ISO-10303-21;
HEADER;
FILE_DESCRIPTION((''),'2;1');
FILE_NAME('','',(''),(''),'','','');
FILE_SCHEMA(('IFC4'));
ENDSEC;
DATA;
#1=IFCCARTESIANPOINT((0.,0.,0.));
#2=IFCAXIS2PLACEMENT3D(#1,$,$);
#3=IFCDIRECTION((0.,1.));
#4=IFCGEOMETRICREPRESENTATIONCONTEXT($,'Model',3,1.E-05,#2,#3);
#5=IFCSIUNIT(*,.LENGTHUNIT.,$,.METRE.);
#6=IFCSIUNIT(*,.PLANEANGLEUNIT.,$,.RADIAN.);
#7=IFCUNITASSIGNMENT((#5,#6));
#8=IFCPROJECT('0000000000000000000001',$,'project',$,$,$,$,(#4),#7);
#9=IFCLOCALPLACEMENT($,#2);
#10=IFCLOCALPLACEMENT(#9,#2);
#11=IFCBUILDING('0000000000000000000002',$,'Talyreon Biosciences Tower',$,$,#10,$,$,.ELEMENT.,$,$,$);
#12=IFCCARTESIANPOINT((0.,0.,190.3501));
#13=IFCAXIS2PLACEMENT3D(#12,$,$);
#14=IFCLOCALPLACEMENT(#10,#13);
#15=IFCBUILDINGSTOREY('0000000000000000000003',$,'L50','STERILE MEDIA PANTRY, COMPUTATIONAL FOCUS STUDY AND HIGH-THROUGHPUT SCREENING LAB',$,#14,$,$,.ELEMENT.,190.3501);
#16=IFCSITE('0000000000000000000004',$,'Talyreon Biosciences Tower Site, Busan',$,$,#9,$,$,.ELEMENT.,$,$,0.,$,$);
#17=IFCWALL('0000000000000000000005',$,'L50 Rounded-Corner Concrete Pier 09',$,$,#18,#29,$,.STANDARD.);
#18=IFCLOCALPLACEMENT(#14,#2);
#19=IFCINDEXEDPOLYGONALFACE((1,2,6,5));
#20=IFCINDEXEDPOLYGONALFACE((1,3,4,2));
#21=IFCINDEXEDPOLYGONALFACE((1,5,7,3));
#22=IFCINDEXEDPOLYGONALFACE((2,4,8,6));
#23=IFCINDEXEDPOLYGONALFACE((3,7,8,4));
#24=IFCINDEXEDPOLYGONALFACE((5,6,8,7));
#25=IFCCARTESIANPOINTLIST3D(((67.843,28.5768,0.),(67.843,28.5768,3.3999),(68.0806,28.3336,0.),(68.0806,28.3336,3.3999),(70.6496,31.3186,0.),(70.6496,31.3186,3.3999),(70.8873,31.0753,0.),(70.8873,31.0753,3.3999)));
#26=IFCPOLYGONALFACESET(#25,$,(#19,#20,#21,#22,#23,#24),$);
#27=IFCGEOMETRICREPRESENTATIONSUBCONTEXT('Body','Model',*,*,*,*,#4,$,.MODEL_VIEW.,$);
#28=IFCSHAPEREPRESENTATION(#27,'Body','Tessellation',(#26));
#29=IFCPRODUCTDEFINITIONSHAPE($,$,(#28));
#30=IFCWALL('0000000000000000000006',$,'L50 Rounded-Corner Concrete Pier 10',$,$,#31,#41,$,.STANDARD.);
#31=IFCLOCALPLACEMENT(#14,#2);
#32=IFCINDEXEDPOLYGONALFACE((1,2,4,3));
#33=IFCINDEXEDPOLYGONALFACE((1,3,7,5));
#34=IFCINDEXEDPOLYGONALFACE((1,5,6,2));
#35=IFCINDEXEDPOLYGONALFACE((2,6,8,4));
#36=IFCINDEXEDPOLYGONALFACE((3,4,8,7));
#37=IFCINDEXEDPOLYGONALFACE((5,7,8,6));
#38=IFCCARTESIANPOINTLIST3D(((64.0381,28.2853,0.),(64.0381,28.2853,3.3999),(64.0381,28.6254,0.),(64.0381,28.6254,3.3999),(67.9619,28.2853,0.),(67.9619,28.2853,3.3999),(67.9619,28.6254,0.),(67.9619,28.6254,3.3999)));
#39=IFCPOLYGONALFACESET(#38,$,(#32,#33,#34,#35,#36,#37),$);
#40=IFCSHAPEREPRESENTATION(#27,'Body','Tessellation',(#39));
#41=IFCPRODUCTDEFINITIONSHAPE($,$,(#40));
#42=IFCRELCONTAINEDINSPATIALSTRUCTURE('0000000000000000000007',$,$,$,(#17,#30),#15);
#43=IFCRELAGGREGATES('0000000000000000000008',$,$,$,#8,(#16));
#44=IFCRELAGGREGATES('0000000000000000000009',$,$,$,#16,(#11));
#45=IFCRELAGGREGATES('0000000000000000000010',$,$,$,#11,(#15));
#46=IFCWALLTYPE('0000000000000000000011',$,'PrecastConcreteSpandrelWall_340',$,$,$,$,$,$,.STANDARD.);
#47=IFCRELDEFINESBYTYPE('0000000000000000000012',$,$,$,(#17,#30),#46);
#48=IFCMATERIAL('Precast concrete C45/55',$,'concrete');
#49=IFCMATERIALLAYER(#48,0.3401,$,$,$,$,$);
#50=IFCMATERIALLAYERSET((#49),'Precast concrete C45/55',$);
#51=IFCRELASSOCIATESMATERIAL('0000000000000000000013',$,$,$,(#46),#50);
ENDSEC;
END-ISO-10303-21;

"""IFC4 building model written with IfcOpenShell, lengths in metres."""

from ifc_helpers import new_model, si_unit, direction, frame, frame_2d, origin, place, context, subcontext, project, spatial, rectangle, extrude, material, layer, layer_set, type_object, element, save


model = new_model("IFC4")

# Units and contexts
model_context = context("Model", 3, precision=1e-05, world=origin(), true_north=direction((0.0, 1.0)))
body_context = subcontext(model_context, "Body", "Model", "MODEL_VIEW")
ifc_project = project(units=[si_unit("LENGTHUNIT", "METRE"), si_unit("PLANEANGLEUNIT", "RADIAN")], contexts=[model_context])

# Site, building, storey
site_placement = place(None, origin())
site = spatial("IfcSite", under=ifc_project, at=site_placement, Name="Talyreon Biosciences Tower Site, Busan", CompositionType="ELEMENT", RefElevation=0.0)
building_placement = place(site_placement, origin())
building = spatial("IfcBuilding", under=site, at=building_placement, Name="Talyreon Biosciences Tower", CompositionType="ELEMENT")
storey_placement = place(building_placement, frame((0.0, 0.0, 190.3501)))
storey = spatial("IfcBuildingStorey", under=building, at=storey_placement, Name="L50", Description="STERILE MEDIA PANTRY, COMPUTATIONAL FOCUS STUDY AND HIGH-THROUGHPUT SCREENING LAB", CompositionType="ELEMENT", Elevation=190.3501)

# Shared definitions
ifc_material_1 = material(Name="Precast concrete C45/55", Category="concrete")

# Walls
ifc_layer_1 = layer(ifc_material_1, 0.3401)
ifc_layer_set_1 = layer_set([ifc_layer_1], Name="Precast concrete C45/55")
wall_type_1 = type_object("IfcWallType", Name="PrecastConcreteSpandrelWall_340", PredefinedType="STANDARD", material=ifc_layer_set_1)
wall_1_placement = place(storey_placement, frame((70.7686, 31.197, 0.0), z_axis=(0.0, 0.0, 1.0), x_axis=(-0.715334, -0.698782, 0.0)))
element("IfcWall", 1, at=wall_1_placement, inside=storey, type_object=wall_type_1, Name="L50 Rounded-Corner Concrete Pier 09", PredefinedType="STANDARD", context=body_context, shape_type="SweptSolid", body=[
    extrude(rectangle(XDim=3.9236, YDim=0.3401, at=frame_2d((1.9619, 0.0))), origin(), (0.0, 0.0, 1.0), 3.3999),
])
wall_2_placement = place(storey_placement, frame((67.9619, 28.4553, 0.0), z_axis=(0.0, 0.0, 1.0), x_axis=(-1.0, 0.0, 0.0)))
element("IfcWall", 2, at=wall_2_placement, inside=storey, type_object=wall_type_1, Name="L50 Rounded-Corner Concrete Pier 10", PredefinedType="STANDARD", context=body_context, shape_type="SweptSolid", body=[
    extrude(rectangle(XDim=3.9238, YDim=0.3401, at=frame_2d((1.9619, 0.0))), origin(), (0.0, 0.0, 1.0), 3.3999),
])

save(model, "model.ifc")
